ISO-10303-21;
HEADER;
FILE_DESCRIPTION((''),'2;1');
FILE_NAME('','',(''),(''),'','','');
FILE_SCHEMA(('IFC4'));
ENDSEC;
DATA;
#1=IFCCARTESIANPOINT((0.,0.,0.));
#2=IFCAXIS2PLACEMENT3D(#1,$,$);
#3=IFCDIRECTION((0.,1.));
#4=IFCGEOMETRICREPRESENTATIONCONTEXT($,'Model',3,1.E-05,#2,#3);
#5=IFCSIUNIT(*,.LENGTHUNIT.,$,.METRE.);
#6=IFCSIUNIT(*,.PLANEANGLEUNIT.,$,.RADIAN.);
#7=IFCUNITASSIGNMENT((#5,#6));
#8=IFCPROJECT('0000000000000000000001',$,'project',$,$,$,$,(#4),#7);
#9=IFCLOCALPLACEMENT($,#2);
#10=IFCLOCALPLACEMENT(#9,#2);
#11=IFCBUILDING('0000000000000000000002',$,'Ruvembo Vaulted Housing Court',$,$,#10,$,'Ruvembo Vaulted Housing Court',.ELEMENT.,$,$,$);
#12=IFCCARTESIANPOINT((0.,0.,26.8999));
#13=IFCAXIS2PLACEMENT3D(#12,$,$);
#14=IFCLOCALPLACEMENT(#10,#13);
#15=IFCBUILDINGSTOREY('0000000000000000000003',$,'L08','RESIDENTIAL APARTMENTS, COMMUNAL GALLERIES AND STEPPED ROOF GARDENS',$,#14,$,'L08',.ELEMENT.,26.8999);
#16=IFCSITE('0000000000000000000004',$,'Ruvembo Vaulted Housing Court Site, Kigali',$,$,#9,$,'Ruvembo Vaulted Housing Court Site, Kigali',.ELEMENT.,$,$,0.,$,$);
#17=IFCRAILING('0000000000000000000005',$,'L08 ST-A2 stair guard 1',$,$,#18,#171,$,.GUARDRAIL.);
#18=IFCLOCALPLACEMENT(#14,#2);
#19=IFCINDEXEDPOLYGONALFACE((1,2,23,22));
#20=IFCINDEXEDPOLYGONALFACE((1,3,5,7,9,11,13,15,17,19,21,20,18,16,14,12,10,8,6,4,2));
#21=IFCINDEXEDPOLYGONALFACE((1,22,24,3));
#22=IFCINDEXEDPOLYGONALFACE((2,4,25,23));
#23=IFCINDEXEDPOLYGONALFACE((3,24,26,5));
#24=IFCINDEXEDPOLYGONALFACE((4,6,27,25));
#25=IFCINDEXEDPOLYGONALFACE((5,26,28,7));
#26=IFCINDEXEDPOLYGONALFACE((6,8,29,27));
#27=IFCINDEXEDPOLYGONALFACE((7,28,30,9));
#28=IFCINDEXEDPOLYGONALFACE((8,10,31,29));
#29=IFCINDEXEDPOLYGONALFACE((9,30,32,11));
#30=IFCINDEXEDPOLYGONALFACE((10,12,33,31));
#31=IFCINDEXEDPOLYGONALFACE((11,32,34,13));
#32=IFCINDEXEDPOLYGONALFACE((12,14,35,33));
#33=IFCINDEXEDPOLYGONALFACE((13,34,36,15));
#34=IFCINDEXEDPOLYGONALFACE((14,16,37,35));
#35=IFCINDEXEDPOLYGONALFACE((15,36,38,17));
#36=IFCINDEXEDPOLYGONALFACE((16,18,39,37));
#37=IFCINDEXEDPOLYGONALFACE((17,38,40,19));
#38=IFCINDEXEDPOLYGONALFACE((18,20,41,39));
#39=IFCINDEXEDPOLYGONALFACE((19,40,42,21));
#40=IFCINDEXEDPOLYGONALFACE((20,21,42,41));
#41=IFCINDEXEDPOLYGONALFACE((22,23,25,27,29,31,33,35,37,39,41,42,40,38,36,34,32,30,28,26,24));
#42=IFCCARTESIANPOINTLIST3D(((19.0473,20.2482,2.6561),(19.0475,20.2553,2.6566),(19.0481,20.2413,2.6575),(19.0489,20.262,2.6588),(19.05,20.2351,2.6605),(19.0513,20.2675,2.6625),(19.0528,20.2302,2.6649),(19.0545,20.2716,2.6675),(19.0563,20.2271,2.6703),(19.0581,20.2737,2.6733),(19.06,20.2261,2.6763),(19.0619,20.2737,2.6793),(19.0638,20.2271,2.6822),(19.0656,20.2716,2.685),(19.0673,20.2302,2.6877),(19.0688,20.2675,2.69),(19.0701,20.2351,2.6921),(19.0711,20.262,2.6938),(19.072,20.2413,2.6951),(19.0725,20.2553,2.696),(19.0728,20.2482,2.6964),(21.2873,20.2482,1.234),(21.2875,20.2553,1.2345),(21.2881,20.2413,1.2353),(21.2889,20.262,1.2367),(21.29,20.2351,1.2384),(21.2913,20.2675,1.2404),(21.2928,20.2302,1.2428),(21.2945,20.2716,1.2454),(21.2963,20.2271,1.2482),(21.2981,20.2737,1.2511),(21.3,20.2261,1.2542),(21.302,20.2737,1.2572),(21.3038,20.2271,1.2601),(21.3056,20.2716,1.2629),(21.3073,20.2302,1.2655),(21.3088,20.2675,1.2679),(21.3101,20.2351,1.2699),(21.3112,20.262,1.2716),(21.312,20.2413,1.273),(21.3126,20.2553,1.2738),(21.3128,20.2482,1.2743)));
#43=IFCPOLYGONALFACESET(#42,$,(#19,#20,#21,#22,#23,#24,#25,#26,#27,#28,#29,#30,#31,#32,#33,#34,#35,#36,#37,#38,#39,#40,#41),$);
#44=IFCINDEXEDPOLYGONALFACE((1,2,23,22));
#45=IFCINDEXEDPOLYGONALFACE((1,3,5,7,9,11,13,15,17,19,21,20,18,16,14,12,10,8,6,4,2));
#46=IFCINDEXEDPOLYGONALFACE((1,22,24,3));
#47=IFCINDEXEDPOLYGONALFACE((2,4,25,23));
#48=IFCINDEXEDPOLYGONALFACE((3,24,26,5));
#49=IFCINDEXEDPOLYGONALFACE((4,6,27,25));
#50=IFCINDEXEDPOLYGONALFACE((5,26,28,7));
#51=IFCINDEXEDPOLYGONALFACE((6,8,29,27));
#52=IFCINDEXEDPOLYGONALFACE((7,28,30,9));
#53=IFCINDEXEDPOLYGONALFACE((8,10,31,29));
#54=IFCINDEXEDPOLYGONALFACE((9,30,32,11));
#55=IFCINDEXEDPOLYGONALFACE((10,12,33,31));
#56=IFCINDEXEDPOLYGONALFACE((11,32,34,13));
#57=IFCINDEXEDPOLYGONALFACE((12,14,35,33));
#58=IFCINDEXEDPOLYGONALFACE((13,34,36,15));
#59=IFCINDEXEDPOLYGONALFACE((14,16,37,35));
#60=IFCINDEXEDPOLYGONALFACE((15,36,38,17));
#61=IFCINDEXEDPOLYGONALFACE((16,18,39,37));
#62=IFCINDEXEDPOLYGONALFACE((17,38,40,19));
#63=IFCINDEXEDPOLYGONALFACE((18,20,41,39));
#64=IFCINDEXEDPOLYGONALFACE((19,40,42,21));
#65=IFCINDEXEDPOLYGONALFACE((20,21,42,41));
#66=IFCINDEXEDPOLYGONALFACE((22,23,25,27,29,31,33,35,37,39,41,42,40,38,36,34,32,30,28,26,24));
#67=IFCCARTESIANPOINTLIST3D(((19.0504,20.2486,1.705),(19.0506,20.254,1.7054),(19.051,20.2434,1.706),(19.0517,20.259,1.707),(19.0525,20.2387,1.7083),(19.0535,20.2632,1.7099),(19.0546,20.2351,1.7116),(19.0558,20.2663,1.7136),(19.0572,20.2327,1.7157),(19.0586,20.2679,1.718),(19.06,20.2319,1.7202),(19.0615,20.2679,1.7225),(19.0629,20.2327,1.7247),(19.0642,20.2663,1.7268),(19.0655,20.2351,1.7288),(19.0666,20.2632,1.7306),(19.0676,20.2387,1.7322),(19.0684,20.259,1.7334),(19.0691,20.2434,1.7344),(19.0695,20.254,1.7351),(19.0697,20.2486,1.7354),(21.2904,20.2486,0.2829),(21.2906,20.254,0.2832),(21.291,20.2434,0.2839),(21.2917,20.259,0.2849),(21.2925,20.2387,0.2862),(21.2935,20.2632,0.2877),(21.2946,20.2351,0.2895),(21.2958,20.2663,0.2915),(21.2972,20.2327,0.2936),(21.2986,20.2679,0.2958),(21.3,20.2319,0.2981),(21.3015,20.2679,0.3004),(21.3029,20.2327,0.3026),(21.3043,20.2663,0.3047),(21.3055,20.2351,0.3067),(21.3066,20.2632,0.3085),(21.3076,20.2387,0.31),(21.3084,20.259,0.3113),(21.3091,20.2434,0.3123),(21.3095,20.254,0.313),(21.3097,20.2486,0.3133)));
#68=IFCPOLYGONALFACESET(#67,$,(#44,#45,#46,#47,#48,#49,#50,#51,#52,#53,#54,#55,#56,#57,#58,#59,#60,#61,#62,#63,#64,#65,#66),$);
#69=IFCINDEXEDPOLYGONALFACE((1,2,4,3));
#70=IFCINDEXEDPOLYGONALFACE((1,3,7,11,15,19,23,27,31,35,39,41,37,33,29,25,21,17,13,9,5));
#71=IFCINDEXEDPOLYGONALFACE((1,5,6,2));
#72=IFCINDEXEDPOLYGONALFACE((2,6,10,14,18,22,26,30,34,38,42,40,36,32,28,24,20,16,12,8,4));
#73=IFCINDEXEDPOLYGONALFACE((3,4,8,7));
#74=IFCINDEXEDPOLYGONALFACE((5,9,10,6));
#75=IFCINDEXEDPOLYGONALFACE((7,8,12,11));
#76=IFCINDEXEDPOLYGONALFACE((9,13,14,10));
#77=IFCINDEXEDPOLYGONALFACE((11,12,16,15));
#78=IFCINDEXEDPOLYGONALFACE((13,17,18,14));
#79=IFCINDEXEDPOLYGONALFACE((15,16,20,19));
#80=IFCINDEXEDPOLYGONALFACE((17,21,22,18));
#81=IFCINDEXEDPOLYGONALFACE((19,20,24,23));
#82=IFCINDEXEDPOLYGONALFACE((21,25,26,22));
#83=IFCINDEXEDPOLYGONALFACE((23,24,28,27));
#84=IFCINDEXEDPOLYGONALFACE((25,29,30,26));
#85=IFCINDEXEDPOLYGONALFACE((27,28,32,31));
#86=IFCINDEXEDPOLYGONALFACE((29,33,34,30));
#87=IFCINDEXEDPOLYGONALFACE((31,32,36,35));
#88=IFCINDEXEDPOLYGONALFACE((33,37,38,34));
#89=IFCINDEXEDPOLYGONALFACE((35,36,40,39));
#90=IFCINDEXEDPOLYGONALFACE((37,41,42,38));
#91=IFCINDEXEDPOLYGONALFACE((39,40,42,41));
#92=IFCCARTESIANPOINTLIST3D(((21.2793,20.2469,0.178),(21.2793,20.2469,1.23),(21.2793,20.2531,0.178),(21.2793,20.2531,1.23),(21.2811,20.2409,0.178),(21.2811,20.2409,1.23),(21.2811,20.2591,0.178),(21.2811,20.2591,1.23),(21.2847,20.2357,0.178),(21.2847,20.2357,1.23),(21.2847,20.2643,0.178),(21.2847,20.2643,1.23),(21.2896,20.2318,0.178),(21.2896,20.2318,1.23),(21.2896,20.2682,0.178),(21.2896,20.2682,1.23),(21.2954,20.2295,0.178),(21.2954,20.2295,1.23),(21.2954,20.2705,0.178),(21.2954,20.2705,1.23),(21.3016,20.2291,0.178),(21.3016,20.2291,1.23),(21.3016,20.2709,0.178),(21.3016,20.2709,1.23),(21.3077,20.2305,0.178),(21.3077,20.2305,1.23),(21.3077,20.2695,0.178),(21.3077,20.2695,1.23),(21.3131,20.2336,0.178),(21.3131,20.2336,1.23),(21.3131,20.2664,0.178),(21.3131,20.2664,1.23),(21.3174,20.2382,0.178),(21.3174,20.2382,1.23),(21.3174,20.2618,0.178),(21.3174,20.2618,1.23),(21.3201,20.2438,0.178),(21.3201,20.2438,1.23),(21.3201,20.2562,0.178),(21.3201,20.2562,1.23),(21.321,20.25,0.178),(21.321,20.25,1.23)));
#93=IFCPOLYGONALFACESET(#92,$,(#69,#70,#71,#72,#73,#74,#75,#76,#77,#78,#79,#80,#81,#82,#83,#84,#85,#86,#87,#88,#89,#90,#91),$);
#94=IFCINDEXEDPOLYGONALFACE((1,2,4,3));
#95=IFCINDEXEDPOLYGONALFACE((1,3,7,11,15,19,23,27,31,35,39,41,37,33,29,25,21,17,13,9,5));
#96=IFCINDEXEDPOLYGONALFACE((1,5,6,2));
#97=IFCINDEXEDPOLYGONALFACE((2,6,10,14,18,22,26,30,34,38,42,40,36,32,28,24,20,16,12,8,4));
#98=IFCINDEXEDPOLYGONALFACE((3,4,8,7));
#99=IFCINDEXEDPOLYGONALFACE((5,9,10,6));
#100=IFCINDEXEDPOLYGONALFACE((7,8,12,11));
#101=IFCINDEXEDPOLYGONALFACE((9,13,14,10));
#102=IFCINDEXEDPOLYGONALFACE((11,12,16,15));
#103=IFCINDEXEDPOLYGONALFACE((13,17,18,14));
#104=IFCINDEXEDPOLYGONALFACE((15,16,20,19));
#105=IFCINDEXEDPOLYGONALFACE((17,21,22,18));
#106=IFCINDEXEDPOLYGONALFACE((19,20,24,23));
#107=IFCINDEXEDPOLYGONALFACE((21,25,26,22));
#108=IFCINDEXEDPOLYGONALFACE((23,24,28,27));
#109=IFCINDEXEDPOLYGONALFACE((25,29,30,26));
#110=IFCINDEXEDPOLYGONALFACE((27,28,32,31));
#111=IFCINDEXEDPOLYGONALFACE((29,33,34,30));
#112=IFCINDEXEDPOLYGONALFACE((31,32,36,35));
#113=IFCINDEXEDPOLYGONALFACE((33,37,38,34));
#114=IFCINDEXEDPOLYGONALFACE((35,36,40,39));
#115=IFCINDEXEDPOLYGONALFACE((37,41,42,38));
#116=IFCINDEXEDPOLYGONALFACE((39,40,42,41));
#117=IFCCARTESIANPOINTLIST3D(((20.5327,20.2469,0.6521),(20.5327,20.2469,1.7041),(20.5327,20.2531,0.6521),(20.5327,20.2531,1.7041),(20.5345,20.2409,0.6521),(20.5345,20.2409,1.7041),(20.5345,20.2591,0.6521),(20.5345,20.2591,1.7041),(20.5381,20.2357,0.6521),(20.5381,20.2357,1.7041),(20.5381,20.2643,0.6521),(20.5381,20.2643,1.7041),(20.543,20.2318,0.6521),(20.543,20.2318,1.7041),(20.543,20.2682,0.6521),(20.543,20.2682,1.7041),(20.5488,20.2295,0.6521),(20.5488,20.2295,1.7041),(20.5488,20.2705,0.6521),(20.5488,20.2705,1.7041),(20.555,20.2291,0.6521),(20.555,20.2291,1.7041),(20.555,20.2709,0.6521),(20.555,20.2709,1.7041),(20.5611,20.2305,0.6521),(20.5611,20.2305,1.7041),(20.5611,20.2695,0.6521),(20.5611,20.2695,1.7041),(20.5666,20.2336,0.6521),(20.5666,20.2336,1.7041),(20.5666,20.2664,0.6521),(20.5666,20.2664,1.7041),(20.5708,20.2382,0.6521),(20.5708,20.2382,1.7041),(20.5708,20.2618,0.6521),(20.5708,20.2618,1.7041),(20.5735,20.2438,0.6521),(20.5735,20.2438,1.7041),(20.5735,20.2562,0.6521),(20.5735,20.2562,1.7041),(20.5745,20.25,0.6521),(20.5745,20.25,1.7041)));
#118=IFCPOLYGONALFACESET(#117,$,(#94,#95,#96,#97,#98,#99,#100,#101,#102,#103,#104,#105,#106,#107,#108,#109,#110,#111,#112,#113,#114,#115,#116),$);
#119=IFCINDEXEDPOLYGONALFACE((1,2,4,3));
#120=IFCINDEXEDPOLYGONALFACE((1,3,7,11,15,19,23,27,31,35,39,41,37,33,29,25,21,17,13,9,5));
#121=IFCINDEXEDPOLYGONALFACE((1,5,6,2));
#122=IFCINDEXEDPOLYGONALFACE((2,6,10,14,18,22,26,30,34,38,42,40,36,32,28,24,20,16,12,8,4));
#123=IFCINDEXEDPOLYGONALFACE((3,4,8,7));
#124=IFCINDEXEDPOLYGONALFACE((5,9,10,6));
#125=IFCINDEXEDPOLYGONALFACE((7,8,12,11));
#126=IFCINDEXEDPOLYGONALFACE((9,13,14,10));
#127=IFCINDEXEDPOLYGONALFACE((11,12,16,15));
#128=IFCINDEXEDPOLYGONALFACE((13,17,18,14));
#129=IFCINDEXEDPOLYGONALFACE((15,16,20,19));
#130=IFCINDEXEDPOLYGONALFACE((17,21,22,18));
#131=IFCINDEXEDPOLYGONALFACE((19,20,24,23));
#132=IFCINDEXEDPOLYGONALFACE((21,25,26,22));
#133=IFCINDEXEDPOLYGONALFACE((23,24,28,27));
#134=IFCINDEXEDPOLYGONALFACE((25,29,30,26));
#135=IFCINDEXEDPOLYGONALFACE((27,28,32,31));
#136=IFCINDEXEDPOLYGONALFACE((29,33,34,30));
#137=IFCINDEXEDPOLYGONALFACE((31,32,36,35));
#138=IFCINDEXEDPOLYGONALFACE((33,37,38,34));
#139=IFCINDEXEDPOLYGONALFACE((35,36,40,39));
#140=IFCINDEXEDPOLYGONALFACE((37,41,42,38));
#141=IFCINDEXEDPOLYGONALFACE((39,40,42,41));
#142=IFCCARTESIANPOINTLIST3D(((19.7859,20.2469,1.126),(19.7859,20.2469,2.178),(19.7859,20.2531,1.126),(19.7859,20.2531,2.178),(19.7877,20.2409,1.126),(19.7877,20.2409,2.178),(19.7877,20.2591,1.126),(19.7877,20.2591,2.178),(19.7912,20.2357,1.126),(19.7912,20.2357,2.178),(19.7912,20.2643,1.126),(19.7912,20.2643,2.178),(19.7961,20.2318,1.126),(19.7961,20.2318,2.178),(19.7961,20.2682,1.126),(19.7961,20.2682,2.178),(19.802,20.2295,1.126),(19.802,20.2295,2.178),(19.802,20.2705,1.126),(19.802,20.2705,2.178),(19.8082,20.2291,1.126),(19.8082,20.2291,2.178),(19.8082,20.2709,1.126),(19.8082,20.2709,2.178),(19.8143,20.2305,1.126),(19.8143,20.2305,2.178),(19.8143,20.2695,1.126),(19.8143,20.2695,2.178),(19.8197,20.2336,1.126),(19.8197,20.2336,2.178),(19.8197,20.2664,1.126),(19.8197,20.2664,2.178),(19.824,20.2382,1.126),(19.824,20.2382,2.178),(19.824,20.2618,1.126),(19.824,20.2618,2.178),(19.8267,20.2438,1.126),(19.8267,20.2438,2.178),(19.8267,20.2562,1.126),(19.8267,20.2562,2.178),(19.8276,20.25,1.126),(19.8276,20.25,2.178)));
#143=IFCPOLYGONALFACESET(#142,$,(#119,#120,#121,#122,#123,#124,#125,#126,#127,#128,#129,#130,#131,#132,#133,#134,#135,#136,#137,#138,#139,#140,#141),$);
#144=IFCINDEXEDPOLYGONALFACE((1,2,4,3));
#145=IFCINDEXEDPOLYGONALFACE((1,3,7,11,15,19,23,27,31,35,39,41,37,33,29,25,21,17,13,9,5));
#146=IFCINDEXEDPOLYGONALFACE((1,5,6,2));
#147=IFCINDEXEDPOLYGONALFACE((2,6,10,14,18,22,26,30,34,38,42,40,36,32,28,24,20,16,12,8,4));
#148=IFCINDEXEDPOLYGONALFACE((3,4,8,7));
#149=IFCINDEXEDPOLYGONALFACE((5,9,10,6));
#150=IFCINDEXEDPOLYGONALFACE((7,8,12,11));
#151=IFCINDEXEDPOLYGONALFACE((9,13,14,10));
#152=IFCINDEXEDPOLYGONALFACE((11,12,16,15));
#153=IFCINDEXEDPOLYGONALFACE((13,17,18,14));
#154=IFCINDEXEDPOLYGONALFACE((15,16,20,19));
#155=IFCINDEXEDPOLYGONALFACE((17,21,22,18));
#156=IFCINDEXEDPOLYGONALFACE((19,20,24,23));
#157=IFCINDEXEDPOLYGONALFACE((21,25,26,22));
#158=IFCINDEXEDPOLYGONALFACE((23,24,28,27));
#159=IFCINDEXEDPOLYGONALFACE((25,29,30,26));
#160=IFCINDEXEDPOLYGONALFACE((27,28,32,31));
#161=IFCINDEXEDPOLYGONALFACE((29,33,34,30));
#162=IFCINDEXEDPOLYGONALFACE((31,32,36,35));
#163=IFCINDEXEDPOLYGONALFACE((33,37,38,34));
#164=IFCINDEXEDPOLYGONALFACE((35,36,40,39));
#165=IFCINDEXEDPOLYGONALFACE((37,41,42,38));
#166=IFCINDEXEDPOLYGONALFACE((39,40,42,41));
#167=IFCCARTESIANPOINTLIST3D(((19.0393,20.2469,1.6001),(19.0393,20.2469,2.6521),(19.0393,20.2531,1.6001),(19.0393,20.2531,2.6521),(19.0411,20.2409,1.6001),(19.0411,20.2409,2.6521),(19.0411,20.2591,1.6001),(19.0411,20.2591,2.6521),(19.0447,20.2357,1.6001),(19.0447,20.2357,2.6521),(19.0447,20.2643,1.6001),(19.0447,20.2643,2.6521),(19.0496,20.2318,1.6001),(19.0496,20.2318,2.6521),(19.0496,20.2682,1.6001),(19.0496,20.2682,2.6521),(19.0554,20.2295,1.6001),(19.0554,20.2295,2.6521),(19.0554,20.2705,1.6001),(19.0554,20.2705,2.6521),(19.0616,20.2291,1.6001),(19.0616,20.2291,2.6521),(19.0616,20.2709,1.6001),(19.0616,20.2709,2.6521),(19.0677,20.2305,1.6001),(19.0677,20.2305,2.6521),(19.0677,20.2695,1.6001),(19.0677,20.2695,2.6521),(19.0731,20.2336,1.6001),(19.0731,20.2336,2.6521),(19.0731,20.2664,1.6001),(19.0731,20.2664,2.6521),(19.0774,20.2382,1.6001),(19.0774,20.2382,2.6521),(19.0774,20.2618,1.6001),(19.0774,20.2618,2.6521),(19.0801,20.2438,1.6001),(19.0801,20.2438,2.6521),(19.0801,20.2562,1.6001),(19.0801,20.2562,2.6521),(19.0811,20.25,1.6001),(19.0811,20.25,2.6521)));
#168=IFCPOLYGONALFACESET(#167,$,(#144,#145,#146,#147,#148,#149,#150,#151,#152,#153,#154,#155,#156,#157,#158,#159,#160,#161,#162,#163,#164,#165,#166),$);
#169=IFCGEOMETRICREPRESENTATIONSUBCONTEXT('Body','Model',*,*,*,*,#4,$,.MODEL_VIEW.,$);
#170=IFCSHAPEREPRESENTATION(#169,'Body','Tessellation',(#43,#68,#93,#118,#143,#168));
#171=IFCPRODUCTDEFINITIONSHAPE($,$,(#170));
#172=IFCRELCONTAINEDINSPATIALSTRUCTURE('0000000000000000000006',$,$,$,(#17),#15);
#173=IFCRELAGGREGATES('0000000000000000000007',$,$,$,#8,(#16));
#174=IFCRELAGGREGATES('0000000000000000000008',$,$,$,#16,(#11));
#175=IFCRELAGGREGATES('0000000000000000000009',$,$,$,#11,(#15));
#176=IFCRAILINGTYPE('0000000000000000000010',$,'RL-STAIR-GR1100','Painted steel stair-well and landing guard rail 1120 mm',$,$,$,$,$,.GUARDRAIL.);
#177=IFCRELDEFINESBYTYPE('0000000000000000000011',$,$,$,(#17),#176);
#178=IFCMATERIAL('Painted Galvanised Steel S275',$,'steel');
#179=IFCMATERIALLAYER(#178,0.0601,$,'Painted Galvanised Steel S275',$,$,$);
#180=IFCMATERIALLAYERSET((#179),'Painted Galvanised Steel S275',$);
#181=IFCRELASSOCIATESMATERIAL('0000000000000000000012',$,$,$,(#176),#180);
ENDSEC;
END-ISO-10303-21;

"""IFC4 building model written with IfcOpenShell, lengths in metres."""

from ifc_helpers import new_model, si_unit, direction, frame, origin, origin_2d, place, context, subcontext, project, spatial, circle, extrude, material, layer, layer_set, type_object, element, save


model = new_model("IFC4")

# Units and contexts
model_context = context("Model", 3, precision=1e-05, world=origin(), true_north=direction((0.0, 1.0)))
body_context = subcontext(model_context, "Body", "Model", "MODEL_VIEW")
ifc_project = project(units=[si_unit("LENGTHUNIT", "METRE"), si_unit("PLANEANGLEUNIT", "RADIAN")], contexts=[model_context])

# Site, building, storey
site_placement = place(None, origin())
site = spatial("IfcSite", under=ifc_project, at=site_placement, Name="Ruvembo Vaulted Housing Court Site, Kigali", LongName="Ruvembo Vaulted Housing Court Site, Kigali", CompositionType="ELEMENT", RefElevation=0.0)
building_placement = place(site_placement, origin())
building = spatial("IfcBuilding", under=site, at=building_placement, Name="Ruvembo Vaulted Housing Court", LongName="Ruvembo Vaulted Housing Court", CompositionType="ELEMENT")
storey_placement = place(building_placement, frame((0.0, 0.0, 26.8999)))
storey = spatial("IfcBuildingStorey", under=building, at=storey_placement, Name="L08", Description="RESIDENTIAL APARTMENTS, COMMUNAL GALLERIES AND STEPPED ROOF GARDENS", LongName="L08", CompositionType="ELEMENT", Elevation=26.8999)

# Railing
ifc_material_1 = material(Name="Painted Galvanised Steel S275", Category="steel")
ifc_layer_1 = layer(ifc_material_1, 0.0601, Name="Painted Galvanised Steel S275")
ifc_layer_set_1 = layer_set([ifc_layer_1], Name="Painted Galvanised Steel S275")
railing_type_1 = type_object("IfcRailingType", Name="RL-STAIR-GR1100", Description="Painted steel stair-well and landing guard rail 1120 mm", PredefinedType="GUARDRAIL", material=ifc_layer_set_1)
railing_1_placement = place(storey_placement, frame((21.3, 20.25, 0.178)))
element("IfcRailing", 1, at=railing_1_placement, inside=storey, type_object=railing_type_1, Name="L08 ST-A2 stair guard 1", PredefinedType="GUARDRAIL", context=body_context, shape_type="SweptSolid", body=[
    extrude(circle(Radius=0.0239, at=origin_2d()), frame((0.0, 0.0, 1.0762), z_axis=(-0.844229, 0.0, 0.535982), x_axis=(0.0, -1.0, 0.0)), (0.0, 0.0, 1.0), 2.6533),
    extrude(circle(Radius=0.0181, at=origin_2d()), frame((0.0, 0.0, 0.1201), z_axis=(-0.844229, 0.0, 0.535982), x_axis=(0.0, -1.0, 0.0)), (0.0, 0.0, 1.0), 2.6533),
    extrude(circle(Radius=0.021, at=origin_2d()), origin(), (0.0, 0.0, 1.0), 1.052),
    extrude(circle(Radius=0.021, at=origin_2d()), frame((-0.7466, 0.0, 0.4741)), (0.0, 0.0, 1.0), 1.052),
    extrude(circle(Radius=0.021, at=origin_2d()), frame((-1.4934, 0.0, 0.948)), (0.0, 0.0, 1.0), 1.052),
    extrude(circle(Radius=0.021, at=origin_2d()), frame((-2.24, 0.0, 1.4221)), (0.0, 0.0, 1.0), 1.052),
])

save(model, "model.ifc")
